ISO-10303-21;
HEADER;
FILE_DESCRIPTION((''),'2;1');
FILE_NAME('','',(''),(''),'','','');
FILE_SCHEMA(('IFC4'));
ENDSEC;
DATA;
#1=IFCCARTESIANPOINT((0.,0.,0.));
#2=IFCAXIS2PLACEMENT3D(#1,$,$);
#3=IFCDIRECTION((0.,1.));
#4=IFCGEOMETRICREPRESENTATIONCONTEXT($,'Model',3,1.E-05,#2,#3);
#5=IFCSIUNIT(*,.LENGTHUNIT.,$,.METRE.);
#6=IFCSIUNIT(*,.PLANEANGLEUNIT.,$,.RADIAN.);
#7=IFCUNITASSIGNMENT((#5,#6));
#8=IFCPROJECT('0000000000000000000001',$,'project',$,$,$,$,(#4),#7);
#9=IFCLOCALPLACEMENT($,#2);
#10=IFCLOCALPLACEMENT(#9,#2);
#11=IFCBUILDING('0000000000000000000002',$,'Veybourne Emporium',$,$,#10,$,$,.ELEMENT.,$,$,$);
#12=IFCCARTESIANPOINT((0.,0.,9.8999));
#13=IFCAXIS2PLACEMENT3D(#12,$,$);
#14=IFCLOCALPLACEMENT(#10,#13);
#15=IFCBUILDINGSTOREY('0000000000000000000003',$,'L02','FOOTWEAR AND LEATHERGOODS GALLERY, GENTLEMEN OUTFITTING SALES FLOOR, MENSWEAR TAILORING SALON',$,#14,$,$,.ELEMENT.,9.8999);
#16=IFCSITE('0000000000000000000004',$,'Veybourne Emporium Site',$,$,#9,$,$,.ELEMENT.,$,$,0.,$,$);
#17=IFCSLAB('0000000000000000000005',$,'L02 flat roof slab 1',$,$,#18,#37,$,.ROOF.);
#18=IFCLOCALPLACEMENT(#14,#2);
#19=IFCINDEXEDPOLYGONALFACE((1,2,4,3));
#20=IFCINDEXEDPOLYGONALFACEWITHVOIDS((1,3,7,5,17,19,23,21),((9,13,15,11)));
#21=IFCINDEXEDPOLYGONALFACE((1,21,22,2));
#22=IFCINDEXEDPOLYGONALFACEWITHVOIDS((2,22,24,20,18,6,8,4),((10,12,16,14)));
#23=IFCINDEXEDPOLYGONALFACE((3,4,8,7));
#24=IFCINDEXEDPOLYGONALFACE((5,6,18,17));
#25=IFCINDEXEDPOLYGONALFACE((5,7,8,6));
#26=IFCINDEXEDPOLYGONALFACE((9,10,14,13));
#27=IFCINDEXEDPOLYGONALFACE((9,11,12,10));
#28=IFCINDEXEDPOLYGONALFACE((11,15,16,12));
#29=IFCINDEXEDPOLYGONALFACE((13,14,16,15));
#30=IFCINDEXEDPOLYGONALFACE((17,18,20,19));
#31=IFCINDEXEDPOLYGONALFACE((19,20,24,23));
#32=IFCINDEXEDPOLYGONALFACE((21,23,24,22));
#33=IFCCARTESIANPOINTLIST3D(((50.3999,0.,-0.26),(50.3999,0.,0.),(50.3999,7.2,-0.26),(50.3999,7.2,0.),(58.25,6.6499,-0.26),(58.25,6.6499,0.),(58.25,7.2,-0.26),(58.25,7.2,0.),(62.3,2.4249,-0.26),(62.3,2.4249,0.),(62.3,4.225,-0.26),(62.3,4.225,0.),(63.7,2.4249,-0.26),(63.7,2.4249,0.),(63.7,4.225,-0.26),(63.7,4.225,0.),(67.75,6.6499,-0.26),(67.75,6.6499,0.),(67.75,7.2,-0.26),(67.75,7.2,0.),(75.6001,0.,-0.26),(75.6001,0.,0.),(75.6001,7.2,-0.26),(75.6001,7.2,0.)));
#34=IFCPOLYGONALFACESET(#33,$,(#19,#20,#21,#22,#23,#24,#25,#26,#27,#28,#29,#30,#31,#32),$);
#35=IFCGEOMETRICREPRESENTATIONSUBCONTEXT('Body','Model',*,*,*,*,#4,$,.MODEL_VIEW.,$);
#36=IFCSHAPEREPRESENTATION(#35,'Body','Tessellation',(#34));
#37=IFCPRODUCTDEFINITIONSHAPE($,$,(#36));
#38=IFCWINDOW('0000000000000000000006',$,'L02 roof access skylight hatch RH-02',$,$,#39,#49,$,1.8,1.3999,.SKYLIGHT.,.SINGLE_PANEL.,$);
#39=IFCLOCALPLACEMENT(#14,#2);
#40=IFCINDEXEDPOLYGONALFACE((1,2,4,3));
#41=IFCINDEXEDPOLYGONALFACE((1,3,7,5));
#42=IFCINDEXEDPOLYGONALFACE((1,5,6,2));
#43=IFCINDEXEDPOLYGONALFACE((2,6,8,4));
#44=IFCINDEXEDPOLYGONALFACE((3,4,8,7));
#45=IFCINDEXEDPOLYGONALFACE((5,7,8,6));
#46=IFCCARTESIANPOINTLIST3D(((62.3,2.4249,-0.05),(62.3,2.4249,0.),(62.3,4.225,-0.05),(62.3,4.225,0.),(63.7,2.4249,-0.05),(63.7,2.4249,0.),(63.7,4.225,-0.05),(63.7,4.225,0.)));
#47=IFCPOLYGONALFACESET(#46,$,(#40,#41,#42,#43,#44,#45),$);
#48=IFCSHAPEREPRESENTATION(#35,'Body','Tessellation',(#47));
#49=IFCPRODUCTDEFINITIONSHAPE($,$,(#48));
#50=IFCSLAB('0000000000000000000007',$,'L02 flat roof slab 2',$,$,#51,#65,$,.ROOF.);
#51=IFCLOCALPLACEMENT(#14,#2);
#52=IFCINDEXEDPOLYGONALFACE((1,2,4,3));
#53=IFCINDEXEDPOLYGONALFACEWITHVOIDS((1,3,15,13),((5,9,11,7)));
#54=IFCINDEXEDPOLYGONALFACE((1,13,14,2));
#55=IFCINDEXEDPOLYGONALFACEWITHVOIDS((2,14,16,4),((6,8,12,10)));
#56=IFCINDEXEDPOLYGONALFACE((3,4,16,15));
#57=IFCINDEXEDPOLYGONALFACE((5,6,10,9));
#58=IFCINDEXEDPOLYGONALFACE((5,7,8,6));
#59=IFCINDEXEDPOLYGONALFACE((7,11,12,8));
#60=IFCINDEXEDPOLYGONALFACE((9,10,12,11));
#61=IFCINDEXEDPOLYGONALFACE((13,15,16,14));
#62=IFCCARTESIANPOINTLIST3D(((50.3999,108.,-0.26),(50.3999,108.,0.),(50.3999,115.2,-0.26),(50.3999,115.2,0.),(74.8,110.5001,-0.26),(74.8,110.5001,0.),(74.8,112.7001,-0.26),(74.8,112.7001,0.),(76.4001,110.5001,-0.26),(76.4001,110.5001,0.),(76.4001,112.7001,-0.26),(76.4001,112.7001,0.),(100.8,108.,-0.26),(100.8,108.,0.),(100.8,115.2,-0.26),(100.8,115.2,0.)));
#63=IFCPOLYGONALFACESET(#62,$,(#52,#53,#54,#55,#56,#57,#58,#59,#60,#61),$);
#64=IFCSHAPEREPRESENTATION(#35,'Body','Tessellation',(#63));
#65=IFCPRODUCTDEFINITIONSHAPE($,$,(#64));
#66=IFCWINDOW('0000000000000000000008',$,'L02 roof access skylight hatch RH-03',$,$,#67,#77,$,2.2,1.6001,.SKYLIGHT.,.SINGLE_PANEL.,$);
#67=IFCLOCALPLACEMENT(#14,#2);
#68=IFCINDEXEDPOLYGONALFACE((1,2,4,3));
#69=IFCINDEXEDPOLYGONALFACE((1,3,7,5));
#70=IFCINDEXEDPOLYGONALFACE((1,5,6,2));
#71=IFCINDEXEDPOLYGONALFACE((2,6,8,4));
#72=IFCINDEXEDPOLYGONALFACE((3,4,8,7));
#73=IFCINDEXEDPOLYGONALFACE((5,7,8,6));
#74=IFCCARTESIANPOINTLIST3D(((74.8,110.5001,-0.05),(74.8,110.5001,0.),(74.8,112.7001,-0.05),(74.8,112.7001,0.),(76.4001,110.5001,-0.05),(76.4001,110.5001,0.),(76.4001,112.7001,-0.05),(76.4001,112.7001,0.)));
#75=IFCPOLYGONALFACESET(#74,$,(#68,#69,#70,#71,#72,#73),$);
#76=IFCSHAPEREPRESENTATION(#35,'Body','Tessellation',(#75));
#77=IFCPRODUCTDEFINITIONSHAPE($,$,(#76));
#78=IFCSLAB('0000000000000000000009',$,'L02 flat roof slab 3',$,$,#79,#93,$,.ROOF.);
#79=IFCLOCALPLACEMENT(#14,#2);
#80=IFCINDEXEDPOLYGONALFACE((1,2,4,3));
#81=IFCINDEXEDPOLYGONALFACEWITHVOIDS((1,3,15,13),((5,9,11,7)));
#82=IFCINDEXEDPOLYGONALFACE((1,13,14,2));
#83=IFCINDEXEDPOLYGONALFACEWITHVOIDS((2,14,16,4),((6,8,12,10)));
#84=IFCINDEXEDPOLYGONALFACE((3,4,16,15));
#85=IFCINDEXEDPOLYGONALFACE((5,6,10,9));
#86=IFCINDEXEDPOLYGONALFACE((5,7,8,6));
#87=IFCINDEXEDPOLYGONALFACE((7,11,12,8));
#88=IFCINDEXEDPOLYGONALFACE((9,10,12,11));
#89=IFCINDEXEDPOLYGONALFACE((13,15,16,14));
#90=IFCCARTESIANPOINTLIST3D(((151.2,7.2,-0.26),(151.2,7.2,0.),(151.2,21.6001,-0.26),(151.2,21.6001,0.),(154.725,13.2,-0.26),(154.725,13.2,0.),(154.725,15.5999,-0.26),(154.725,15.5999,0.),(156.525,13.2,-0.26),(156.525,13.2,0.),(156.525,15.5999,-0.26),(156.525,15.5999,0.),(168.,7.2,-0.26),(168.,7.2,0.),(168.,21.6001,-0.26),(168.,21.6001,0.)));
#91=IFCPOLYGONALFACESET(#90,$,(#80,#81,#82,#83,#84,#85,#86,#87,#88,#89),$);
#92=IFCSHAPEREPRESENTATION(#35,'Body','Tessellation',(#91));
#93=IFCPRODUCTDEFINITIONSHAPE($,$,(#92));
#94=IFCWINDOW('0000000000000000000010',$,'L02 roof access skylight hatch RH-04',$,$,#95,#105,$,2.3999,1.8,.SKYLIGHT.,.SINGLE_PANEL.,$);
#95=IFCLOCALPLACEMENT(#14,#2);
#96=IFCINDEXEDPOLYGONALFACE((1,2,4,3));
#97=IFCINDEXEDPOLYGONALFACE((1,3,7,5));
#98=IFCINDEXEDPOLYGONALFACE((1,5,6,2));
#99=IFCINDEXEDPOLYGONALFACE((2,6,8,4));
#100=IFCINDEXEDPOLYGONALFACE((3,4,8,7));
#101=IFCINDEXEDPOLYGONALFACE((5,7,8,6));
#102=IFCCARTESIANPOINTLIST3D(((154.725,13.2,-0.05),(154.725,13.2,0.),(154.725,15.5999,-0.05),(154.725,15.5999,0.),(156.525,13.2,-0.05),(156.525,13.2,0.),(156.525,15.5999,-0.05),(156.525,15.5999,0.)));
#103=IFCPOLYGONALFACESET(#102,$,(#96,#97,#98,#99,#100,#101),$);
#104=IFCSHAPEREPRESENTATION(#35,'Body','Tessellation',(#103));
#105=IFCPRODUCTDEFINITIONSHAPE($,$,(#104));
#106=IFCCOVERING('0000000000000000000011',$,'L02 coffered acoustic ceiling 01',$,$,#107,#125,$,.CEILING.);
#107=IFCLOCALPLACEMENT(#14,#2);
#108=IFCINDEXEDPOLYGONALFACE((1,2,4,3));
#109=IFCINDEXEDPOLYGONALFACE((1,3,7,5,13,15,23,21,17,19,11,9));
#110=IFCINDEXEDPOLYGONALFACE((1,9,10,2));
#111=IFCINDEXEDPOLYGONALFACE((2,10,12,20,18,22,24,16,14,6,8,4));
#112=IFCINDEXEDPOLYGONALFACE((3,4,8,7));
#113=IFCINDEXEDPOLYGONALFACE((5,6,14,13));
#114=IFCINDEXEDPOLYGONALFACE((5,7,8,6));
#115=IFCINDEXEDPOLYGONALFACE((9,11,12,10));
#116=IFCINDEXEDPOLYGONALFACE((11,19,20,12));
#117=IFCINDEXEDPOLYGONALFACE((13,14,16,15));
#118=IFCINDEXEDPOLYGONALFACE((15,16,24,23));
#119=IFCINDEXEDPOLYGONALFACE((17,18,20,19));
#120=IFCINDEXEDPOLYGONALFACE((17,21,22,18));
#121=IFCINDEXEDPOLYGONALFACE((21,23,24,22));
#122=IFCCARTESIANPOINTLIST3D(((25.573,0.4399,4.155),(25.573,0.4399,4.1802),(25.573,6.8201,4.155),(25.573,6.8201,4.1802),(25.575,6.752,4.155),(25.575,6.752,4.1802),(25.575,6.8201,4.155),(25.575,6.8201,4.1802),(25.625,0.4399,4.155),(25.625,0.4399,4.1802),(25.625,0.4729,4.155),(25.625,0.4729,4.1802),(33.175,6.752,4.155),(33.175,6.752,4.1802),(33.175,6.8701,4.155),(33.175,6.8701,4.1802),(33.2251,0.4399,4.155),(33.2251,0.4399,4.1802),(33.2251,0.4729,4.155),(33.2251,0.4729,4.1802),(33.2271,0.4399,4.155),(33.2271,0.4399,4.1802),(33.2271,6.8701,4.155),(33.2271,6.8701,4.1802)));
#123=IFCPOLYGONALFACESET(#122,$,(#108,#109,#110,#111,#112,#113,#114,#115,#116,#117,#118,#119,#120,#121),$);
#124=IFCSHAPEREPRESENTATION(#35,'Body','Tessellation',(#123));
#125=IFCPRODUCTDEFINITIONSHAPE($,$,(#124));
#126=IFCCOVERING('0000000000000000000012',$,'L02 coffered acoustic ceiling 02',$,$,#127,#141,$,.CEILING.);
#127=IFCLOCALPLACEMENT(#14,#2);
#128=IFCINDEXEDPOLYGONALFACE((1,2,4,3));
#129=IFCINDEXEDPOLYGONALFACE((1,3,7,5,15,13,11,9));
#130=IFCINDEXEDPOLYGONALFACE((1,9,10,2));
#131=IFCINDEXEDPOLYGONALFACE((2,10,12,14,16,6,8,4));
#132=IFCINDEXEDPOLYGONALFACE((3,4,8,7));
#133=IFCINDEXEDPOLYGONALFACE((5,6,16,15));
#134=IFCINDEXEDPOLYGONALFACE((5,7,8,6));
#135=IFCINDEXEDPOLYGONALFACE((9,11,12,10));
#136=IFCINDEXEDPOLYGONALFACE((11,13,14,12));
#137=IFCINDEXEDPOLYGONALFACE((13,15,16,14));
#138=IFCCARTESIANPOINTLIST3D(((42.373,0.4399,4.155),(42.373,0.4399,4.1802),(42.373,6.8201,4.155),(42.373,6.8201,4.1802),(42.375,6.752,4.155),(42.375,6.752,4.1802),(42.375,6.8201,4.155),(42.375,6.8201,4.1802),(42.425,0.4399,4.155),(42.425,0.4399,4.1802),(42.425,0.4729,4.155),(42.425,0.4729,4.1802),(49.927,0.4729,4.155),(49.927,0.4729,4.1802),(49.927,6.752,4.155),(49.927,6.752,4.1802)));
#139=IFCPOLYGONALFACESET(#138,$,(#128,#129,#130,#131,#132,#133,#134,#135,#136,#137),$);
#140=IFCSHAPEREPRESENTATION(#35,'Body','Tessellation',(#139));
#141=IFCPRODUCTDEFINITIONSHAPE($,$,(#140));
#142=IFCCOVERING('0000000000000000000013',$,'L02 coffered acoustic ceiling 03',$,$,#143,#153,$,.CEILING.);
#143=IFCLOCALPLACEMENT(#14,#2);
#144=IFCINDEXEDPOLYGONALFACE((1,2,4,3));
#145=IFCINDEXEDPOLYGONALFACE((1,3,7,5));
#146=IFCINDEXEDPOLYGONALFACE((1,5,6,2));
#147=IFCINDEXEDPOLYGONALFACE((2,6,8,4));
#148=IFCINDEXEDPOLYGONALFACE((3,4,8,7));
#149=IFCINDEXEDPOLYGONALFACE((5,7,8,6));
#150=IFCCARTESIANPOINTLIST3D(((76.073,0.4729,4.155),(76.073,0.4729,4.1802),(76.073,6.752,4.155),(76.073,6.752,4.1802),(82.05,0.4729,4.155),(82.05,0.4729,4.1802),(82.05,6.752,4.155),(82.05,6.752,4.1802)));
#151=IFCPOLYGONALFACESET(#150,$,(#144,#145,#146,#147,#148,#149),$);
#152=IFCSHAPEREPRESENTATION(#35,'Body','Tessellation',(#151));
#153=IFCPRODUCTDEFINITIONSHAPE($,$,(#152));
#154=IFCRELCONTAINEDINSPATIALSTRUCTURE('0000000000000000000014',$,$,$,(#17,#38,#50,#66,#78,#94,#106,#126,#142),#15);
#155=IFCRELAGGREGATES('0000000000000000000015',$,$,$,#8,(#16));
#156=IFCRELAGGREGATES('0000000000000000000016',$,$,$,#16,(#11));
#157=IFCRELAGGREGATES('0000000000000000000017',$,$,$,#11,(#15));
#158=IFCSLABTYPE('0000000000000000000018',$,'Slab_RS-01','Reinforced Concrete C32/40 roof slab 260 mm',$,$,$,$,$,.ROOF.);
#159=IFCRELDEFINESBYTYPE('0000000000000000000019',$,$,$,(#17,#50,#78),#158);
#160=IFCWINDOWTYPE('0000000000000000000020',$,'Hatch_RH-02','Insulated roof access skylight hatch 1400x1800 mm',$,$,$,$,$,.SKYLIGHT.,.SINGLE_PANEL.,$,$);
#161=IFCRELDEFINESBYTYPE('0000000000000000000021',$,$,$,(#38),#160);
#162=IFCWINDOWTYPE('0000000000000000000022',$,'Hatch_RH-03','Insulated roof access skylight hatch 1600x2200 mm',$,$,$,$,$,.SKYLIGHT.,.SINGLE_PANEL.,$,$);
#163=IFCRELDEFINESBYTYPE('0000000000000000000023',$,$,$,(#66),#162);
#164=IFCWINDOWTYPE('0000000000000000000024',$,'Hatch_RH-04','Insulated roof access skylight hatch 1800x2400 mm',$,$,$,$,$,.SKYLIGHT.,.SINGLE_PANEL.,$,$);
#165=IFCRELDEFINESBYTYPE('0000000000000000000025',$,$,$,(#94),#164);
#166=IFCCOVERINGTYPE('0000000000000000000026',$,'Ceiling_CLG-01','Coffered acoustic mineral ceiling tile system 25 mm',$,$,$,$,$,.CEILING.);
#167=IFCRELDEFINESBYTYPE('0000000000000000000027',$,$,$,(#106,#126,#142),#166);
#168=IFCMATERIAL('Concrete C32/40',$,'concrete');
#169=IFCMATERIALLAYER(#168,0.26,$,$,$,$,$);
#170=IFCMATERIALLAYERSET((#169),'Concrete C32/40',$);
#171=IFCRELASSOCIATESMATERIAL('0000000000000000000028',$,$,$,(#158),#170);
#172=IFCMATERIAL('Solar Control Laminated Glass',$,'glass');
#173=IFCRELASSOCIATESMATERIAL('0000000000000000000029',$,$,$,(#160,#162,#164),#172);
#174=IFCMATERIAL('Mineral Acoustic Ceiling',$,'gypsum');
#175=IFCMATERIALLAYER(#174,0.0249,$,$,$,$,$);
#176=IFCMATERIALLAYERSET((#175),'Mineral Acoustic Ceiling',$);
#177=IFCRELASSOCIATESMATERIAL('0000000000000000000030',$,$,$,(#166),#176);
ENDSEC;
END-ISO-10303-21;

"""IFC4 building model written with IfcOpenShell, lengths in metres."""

from ifc_helpers import new_model, si_unit, direction, frame, origin, origin_2d, place, context, subcontext, project, spatial, polyline, rectangle, outline, extrude, material, layer, layer_set, type_object, element, fill, save


model = new_model("IFC4")

# Units and contexts
model_context = context("Model", 3, precision=1e-05, world=origin(), true_north=direction((0.0, 1.0)))
body_context = subcontext(model_context, "Body", "Model", "MODEL_VIEW")
ifc_project = project(units=[si_unit("LENGTHUNIT", "METRE"), si_unit("PLANEANGLEUNIT", "RADIAN")], contexts=[model_context])

# Site, building, storey
site_placement = place(None, origin())
site = spatial("IfcSite", under=ifc_project, at=site_placement, Name="Veybourne Emporium Site", CompositionType="ELEMENT", RefElevation=0.0)
building_placement = place(site_placement, origin())
building = spatial("IfcBuilding", under=site, at=building_placement, Name="Veybourne Emporium", CompositionType="ELEMENT")
storey_placement = place(building_placement, frame((0.0, 0.0, 9.8999)))
storey = spatial("IfcBuildingStorey", under=building, at=storey_placement, Name="L02", Description="FOOTWEAR AND LEATHERGOODS GALLERY, GENTLEMEN OUTFITTING SALES FLOOR, MENSWEAR TAILORING SALON", CompositionType="ELEMENT", Elevation=9.8999)

# Shared definitions
ifc_material_1 = material(Name="Concrete C32/40", Category="concrete")

# Slabs, openings, windows
ifc_layer_1 = layer(ifc_material_1, 0.26)
ifc_layer_set_1 = layer_set([ifc_layer_1], Name="Concrete C32/40")
slab_type_1 = type_object("IfcSlabType", Name="Slab_RS-01", Description="Reinforced Concrete C32/40 roof slab 260 mm", PredefinedType="ROOF", material=ifc_layer_set_1)
slab_1_placement = place(storey_placement, frame((0.0, 0.0, -0.26)))
slab_1 = element("IfcSlab", 1, at=slab_1_placement, inside=storey, type_object=slab_type_1, Name="L02 flat roof slab 1", PredefinedType="ROOF", context=body_context, shape_type="SweptSolid", body=[
    extrude(outline(polyline([(75.6001, 7.2), (75.6001, 0.0), (67.2, 0.0), (58.8, 0.0), (50.3999, 0.0), (50.3999, 7.2), (58.25, 7.2), (58.25, 6.6499), (67.75, 6.6499), (67.75, 7.2), (75.6001, 7.2)])), origin(), (0.0, 0.0, 1.0), 0.26),
])
opening_1_placement = place(slab_1_placement, frame((63.0, 3.325, -0.02)))
opening_1 = element("IfcOpeningElement", 2, at=opening_1_placement, cuts=slab_1, PredefinedType="OPENING", context=body_context, shape_type="SweptSolid", body=[
    extrude(rectangle(XDim=1.3999, YDim=1.8, at=origin_2d()), origin(), (0.0, 0.0, 1.0), 0.3),
])
ifc_material_2 = material(Name="Solar Control Laminated Glass", Category="glass")
window_type_1 = type_object("IfcWindowType", Name="Hatch_RH-02", Description="Insulated roof access skylight hatch 1400x1800 mm", PartitioningType="SINGLE_PANEL", PredefinedType="SKYLIGHT", material=ifc_material_2)
window_1_placement = place(slab_1_placement, frame((63.0, 3.325, 0.21)))
window_1 = element("IfcWindow", 3, at=window_1_placement, inside=storey, type_object=window_type_1, Name="L02 roof access skylight hatch RH-02", OverallHeight=1.8, OverallWidth=1.3999, PartitioningType="SINGLE_PANEL", PredefinedType="SKYLIGHT", context=body_context, shape_type="SweptSolid", body=[
    extrude(rectangle(XDim=1.3999, YDim=1.8, at=origin_2d()), origin(), (0.0, 0.0, 1.0), 0.05),
])
fill(opening_1, window_1)
slab_2_placement = place(storey_placement, frame((0.0, 0.0, -0.26)))
slab_2 = element("IfcSlab", 4, at=slab_2_placement, inside=storey, type_object=slab_type_1, Name="L02 flat roof slab 2", PredefinedType="ROOF", context=body_context, shape_type="SweptSolid", body=[
    extrude(outline(polyline([(75.6001, 115.2), (84.0, 115.2), (92.3999, 115.2), (100.8, 115.2), (100.8, 108.0), (92.3999, 108.0), (84.0, 108.0), (75.6001, 108.0), (67.2, 108.0), (58.8, 108.0), (50.3999, 108.0), (50.3999, 115.2), (58.8, 115.2), (67.2, 115.2), (75.6001, 115.2)])), origin(), (0.0, 0.0, 1.0), 0.26),
])
opening_2_placement = place(slab_2_placement, frame((75.6001, 111.6001, -0.02)))
opening_2 = element("IfcOpeningElement", 5, at=opening_2_placement, cuts=slab_2, PredefinedType="OPENING", context=body_context, shape_type="SweptSolid", body=[
    extrude(rectangle(XDim=1.6001, YDim=2.2, at=origin_2d()), origin(), (0.0, 0.0, 1.0), 0.3),
])
window_type_2 = type_object("IfcWindowType", Name="Hatch_RH-03", Description="Insulated roof access skylight hatch 1600x2200 mm", PartitioningType="SINGLE_PANEL", PredefinedType="SKYLIGHT", material=ifc_material_2)
window_2_placement = place(slab_2_placement, frame((75.6001, 111.6001, 0.21)))
window_2 = element("IfcWindow", 6, at=window_2_placement, inside=storey, type_object=window_type_2, Name="L02 roof access skylight hatch RH-03", OverallHeight=2.2, OverallWidth=1.6001, PartitioningType="SINGLE_PANEL", PredefinedType="SKYLIGHT", context=body_context, shape_type="SweptSolid", body=[
    extrude(rectangle(XDim=1.6001, YDim=2.2, at=origin_2d()), origin(), (0.0, 0.0, 1.0), 0.05),
])
fill(opening_2, window_2)
slab_3_placement = place(storey_placement, frame((0.0, 0.0, -0.26)))
slab_3 = element("IfcSlab", 7, at=slab_3_placement, inside=storey, type_object=slab_type_1, Name="L02 flat roof slab 3", PredefinedType="ROOF", context=body_context, shape_type="SweptSolid", body=[
    extrude(outline(polyline([(151.2, 7.2), (151.2, 14.3999), (151.2, 21.6001), (159.6001, 21.6001), (168.0, 21.6001), (168.0, 14.3999), (168.0, 7.2), (159.6001, 7.2), (151.2, 7.2)])), origin(), (0.0, 0.0, 1.0), 0.26),
])
opening_3_placement = place(slab_3_placement, frame((155.625, 14.3999, -0.02)))
opening_3 = element("IfcOpeningElement", 8, at=opening_3_placement, cuts=slab_3, PredefinedType="OPENING", context=body_context, shape_type="SweptSolid", body=[
    extrude(rectangle(XDim=1.8, YDim=2.3999, at=origin_2d()), origin(), (0.0, 0.0, 1.0), 0.3),
])
window_type_3 = type_object("IfcWindowType", Name="Hatch_RH-04", Description="Insulated roof access skylight hatch 1800x2400 mm", PartitioningType="SINGLE_PANEL", PredefinedType="SKYLIGHT", material=ifc_material_2)
window_3_placement = place(slab_3_placement, frame((155.625, 14.3999, 0.21)))
window_3 = element("IfcWindow", 9, at=window_3_placement, inside=storey, type_object=window_type_3, Name="L02 roof access skylight hatch RH-04", OverallHeight=2.3999, OverallWidth=1.8, PartitioningType="SINGLE_PANEL", PredefinedType="SKYLIGHT", context=body_context, shape_type="SweptSolid", body=[
    extrude(rectangle(XDim=1.8, YDim=2.3999, at=origin_2d()), origin(), (0.0, 0.0, 1.0), 0.05),
])
fill(opening_3, window_3)

# Coverings
ifc_material_3 = material(Name="Mineral Acoustic Ceiling", Category="gypsum")
ifc_layer_2 = layer(ifc_material_3, 0.0249)
ifc_layer_set_2 = layer_set([ifc_layer_2], Name="Mineral Acoustic Ceiling")
covering_type_1 = type_object("IfcCoveringType", Name="Ceiling_CLG-01", Description="Coffered acoustic mineral ceiling tile system 25 mm", PredefinedType="CEILING", material=ifc_layer_set_2)
covering_1_placement = place(storey_placement, frame((0.0, 0.0, 4.155)))
element("IfcCovering", 10, at=covering_1_placement, inside=storey, type_object=covering_type_1, Name="L02 coffered acoustic ceiling 01", PredefinedType="CEILING", context=body_context, shape_type="SweptSolid", body=[
    extrude(outline(polyline([(33.2271, 6.8701), (33.2271, 0.4399), (33.2251, 0.4399), (33.2251, 0.4729), (25.625, 0.4729), (25.625, 0.4399), (25.573, 0.4399), (25.573, 6.8201), (25.575, 6.8201), (25.575, 6.752), (33.175, 6.752), (33.175, 6.8701), (33.2271, 6.8701)])), origin(), (0.0, 0.0, 1.0), 0.0251),
])
covering_2_placement = place(storey_placement, frame((0.0, 0.0, 4.155)))
element("IfcCovering", 11, at=covering_2_placement, inside=storey, type_object=covering_type_1, Name="L02 coffered acoustic ceiling 02", PredefinedType="CEILING", context=body_context, shape_type="SweptSolid", body=[
    extrude(outline(polyline([(42.373, 0.4399), (42.373, 6.8201), (42.375, 6.8201), (42.375, 6.752), (49.927, 6.752), (49.927, 0.4729), (42.425, 0.4729), (42.425, 0.4399), (42.373, 0.4399)])), origin(), (0.0, 0.0, 1.0), 0.0251),
])
covering_3_placement = place(storey_placement, frame((0.0, 0.0, 4.155)))
element("IfcCovering", 12, at=covering_3_placement, inside=storey, type_object=covering_type_1, Name="L02 coffered acoustic ceiling 03", PredefinedType="CEILING", context=body_context, shape_type="SweptSolid", body=[
    extrude(outline(polyline([(82.05, 0.4729), (76.073, 0.4729), (76.073, 6.752), (82.05, 6.752), (82.05, 0.4729)])), origin(), (0.0, 0.0, 1.0), 0.0251),
])

save(model, "model.ifc")
